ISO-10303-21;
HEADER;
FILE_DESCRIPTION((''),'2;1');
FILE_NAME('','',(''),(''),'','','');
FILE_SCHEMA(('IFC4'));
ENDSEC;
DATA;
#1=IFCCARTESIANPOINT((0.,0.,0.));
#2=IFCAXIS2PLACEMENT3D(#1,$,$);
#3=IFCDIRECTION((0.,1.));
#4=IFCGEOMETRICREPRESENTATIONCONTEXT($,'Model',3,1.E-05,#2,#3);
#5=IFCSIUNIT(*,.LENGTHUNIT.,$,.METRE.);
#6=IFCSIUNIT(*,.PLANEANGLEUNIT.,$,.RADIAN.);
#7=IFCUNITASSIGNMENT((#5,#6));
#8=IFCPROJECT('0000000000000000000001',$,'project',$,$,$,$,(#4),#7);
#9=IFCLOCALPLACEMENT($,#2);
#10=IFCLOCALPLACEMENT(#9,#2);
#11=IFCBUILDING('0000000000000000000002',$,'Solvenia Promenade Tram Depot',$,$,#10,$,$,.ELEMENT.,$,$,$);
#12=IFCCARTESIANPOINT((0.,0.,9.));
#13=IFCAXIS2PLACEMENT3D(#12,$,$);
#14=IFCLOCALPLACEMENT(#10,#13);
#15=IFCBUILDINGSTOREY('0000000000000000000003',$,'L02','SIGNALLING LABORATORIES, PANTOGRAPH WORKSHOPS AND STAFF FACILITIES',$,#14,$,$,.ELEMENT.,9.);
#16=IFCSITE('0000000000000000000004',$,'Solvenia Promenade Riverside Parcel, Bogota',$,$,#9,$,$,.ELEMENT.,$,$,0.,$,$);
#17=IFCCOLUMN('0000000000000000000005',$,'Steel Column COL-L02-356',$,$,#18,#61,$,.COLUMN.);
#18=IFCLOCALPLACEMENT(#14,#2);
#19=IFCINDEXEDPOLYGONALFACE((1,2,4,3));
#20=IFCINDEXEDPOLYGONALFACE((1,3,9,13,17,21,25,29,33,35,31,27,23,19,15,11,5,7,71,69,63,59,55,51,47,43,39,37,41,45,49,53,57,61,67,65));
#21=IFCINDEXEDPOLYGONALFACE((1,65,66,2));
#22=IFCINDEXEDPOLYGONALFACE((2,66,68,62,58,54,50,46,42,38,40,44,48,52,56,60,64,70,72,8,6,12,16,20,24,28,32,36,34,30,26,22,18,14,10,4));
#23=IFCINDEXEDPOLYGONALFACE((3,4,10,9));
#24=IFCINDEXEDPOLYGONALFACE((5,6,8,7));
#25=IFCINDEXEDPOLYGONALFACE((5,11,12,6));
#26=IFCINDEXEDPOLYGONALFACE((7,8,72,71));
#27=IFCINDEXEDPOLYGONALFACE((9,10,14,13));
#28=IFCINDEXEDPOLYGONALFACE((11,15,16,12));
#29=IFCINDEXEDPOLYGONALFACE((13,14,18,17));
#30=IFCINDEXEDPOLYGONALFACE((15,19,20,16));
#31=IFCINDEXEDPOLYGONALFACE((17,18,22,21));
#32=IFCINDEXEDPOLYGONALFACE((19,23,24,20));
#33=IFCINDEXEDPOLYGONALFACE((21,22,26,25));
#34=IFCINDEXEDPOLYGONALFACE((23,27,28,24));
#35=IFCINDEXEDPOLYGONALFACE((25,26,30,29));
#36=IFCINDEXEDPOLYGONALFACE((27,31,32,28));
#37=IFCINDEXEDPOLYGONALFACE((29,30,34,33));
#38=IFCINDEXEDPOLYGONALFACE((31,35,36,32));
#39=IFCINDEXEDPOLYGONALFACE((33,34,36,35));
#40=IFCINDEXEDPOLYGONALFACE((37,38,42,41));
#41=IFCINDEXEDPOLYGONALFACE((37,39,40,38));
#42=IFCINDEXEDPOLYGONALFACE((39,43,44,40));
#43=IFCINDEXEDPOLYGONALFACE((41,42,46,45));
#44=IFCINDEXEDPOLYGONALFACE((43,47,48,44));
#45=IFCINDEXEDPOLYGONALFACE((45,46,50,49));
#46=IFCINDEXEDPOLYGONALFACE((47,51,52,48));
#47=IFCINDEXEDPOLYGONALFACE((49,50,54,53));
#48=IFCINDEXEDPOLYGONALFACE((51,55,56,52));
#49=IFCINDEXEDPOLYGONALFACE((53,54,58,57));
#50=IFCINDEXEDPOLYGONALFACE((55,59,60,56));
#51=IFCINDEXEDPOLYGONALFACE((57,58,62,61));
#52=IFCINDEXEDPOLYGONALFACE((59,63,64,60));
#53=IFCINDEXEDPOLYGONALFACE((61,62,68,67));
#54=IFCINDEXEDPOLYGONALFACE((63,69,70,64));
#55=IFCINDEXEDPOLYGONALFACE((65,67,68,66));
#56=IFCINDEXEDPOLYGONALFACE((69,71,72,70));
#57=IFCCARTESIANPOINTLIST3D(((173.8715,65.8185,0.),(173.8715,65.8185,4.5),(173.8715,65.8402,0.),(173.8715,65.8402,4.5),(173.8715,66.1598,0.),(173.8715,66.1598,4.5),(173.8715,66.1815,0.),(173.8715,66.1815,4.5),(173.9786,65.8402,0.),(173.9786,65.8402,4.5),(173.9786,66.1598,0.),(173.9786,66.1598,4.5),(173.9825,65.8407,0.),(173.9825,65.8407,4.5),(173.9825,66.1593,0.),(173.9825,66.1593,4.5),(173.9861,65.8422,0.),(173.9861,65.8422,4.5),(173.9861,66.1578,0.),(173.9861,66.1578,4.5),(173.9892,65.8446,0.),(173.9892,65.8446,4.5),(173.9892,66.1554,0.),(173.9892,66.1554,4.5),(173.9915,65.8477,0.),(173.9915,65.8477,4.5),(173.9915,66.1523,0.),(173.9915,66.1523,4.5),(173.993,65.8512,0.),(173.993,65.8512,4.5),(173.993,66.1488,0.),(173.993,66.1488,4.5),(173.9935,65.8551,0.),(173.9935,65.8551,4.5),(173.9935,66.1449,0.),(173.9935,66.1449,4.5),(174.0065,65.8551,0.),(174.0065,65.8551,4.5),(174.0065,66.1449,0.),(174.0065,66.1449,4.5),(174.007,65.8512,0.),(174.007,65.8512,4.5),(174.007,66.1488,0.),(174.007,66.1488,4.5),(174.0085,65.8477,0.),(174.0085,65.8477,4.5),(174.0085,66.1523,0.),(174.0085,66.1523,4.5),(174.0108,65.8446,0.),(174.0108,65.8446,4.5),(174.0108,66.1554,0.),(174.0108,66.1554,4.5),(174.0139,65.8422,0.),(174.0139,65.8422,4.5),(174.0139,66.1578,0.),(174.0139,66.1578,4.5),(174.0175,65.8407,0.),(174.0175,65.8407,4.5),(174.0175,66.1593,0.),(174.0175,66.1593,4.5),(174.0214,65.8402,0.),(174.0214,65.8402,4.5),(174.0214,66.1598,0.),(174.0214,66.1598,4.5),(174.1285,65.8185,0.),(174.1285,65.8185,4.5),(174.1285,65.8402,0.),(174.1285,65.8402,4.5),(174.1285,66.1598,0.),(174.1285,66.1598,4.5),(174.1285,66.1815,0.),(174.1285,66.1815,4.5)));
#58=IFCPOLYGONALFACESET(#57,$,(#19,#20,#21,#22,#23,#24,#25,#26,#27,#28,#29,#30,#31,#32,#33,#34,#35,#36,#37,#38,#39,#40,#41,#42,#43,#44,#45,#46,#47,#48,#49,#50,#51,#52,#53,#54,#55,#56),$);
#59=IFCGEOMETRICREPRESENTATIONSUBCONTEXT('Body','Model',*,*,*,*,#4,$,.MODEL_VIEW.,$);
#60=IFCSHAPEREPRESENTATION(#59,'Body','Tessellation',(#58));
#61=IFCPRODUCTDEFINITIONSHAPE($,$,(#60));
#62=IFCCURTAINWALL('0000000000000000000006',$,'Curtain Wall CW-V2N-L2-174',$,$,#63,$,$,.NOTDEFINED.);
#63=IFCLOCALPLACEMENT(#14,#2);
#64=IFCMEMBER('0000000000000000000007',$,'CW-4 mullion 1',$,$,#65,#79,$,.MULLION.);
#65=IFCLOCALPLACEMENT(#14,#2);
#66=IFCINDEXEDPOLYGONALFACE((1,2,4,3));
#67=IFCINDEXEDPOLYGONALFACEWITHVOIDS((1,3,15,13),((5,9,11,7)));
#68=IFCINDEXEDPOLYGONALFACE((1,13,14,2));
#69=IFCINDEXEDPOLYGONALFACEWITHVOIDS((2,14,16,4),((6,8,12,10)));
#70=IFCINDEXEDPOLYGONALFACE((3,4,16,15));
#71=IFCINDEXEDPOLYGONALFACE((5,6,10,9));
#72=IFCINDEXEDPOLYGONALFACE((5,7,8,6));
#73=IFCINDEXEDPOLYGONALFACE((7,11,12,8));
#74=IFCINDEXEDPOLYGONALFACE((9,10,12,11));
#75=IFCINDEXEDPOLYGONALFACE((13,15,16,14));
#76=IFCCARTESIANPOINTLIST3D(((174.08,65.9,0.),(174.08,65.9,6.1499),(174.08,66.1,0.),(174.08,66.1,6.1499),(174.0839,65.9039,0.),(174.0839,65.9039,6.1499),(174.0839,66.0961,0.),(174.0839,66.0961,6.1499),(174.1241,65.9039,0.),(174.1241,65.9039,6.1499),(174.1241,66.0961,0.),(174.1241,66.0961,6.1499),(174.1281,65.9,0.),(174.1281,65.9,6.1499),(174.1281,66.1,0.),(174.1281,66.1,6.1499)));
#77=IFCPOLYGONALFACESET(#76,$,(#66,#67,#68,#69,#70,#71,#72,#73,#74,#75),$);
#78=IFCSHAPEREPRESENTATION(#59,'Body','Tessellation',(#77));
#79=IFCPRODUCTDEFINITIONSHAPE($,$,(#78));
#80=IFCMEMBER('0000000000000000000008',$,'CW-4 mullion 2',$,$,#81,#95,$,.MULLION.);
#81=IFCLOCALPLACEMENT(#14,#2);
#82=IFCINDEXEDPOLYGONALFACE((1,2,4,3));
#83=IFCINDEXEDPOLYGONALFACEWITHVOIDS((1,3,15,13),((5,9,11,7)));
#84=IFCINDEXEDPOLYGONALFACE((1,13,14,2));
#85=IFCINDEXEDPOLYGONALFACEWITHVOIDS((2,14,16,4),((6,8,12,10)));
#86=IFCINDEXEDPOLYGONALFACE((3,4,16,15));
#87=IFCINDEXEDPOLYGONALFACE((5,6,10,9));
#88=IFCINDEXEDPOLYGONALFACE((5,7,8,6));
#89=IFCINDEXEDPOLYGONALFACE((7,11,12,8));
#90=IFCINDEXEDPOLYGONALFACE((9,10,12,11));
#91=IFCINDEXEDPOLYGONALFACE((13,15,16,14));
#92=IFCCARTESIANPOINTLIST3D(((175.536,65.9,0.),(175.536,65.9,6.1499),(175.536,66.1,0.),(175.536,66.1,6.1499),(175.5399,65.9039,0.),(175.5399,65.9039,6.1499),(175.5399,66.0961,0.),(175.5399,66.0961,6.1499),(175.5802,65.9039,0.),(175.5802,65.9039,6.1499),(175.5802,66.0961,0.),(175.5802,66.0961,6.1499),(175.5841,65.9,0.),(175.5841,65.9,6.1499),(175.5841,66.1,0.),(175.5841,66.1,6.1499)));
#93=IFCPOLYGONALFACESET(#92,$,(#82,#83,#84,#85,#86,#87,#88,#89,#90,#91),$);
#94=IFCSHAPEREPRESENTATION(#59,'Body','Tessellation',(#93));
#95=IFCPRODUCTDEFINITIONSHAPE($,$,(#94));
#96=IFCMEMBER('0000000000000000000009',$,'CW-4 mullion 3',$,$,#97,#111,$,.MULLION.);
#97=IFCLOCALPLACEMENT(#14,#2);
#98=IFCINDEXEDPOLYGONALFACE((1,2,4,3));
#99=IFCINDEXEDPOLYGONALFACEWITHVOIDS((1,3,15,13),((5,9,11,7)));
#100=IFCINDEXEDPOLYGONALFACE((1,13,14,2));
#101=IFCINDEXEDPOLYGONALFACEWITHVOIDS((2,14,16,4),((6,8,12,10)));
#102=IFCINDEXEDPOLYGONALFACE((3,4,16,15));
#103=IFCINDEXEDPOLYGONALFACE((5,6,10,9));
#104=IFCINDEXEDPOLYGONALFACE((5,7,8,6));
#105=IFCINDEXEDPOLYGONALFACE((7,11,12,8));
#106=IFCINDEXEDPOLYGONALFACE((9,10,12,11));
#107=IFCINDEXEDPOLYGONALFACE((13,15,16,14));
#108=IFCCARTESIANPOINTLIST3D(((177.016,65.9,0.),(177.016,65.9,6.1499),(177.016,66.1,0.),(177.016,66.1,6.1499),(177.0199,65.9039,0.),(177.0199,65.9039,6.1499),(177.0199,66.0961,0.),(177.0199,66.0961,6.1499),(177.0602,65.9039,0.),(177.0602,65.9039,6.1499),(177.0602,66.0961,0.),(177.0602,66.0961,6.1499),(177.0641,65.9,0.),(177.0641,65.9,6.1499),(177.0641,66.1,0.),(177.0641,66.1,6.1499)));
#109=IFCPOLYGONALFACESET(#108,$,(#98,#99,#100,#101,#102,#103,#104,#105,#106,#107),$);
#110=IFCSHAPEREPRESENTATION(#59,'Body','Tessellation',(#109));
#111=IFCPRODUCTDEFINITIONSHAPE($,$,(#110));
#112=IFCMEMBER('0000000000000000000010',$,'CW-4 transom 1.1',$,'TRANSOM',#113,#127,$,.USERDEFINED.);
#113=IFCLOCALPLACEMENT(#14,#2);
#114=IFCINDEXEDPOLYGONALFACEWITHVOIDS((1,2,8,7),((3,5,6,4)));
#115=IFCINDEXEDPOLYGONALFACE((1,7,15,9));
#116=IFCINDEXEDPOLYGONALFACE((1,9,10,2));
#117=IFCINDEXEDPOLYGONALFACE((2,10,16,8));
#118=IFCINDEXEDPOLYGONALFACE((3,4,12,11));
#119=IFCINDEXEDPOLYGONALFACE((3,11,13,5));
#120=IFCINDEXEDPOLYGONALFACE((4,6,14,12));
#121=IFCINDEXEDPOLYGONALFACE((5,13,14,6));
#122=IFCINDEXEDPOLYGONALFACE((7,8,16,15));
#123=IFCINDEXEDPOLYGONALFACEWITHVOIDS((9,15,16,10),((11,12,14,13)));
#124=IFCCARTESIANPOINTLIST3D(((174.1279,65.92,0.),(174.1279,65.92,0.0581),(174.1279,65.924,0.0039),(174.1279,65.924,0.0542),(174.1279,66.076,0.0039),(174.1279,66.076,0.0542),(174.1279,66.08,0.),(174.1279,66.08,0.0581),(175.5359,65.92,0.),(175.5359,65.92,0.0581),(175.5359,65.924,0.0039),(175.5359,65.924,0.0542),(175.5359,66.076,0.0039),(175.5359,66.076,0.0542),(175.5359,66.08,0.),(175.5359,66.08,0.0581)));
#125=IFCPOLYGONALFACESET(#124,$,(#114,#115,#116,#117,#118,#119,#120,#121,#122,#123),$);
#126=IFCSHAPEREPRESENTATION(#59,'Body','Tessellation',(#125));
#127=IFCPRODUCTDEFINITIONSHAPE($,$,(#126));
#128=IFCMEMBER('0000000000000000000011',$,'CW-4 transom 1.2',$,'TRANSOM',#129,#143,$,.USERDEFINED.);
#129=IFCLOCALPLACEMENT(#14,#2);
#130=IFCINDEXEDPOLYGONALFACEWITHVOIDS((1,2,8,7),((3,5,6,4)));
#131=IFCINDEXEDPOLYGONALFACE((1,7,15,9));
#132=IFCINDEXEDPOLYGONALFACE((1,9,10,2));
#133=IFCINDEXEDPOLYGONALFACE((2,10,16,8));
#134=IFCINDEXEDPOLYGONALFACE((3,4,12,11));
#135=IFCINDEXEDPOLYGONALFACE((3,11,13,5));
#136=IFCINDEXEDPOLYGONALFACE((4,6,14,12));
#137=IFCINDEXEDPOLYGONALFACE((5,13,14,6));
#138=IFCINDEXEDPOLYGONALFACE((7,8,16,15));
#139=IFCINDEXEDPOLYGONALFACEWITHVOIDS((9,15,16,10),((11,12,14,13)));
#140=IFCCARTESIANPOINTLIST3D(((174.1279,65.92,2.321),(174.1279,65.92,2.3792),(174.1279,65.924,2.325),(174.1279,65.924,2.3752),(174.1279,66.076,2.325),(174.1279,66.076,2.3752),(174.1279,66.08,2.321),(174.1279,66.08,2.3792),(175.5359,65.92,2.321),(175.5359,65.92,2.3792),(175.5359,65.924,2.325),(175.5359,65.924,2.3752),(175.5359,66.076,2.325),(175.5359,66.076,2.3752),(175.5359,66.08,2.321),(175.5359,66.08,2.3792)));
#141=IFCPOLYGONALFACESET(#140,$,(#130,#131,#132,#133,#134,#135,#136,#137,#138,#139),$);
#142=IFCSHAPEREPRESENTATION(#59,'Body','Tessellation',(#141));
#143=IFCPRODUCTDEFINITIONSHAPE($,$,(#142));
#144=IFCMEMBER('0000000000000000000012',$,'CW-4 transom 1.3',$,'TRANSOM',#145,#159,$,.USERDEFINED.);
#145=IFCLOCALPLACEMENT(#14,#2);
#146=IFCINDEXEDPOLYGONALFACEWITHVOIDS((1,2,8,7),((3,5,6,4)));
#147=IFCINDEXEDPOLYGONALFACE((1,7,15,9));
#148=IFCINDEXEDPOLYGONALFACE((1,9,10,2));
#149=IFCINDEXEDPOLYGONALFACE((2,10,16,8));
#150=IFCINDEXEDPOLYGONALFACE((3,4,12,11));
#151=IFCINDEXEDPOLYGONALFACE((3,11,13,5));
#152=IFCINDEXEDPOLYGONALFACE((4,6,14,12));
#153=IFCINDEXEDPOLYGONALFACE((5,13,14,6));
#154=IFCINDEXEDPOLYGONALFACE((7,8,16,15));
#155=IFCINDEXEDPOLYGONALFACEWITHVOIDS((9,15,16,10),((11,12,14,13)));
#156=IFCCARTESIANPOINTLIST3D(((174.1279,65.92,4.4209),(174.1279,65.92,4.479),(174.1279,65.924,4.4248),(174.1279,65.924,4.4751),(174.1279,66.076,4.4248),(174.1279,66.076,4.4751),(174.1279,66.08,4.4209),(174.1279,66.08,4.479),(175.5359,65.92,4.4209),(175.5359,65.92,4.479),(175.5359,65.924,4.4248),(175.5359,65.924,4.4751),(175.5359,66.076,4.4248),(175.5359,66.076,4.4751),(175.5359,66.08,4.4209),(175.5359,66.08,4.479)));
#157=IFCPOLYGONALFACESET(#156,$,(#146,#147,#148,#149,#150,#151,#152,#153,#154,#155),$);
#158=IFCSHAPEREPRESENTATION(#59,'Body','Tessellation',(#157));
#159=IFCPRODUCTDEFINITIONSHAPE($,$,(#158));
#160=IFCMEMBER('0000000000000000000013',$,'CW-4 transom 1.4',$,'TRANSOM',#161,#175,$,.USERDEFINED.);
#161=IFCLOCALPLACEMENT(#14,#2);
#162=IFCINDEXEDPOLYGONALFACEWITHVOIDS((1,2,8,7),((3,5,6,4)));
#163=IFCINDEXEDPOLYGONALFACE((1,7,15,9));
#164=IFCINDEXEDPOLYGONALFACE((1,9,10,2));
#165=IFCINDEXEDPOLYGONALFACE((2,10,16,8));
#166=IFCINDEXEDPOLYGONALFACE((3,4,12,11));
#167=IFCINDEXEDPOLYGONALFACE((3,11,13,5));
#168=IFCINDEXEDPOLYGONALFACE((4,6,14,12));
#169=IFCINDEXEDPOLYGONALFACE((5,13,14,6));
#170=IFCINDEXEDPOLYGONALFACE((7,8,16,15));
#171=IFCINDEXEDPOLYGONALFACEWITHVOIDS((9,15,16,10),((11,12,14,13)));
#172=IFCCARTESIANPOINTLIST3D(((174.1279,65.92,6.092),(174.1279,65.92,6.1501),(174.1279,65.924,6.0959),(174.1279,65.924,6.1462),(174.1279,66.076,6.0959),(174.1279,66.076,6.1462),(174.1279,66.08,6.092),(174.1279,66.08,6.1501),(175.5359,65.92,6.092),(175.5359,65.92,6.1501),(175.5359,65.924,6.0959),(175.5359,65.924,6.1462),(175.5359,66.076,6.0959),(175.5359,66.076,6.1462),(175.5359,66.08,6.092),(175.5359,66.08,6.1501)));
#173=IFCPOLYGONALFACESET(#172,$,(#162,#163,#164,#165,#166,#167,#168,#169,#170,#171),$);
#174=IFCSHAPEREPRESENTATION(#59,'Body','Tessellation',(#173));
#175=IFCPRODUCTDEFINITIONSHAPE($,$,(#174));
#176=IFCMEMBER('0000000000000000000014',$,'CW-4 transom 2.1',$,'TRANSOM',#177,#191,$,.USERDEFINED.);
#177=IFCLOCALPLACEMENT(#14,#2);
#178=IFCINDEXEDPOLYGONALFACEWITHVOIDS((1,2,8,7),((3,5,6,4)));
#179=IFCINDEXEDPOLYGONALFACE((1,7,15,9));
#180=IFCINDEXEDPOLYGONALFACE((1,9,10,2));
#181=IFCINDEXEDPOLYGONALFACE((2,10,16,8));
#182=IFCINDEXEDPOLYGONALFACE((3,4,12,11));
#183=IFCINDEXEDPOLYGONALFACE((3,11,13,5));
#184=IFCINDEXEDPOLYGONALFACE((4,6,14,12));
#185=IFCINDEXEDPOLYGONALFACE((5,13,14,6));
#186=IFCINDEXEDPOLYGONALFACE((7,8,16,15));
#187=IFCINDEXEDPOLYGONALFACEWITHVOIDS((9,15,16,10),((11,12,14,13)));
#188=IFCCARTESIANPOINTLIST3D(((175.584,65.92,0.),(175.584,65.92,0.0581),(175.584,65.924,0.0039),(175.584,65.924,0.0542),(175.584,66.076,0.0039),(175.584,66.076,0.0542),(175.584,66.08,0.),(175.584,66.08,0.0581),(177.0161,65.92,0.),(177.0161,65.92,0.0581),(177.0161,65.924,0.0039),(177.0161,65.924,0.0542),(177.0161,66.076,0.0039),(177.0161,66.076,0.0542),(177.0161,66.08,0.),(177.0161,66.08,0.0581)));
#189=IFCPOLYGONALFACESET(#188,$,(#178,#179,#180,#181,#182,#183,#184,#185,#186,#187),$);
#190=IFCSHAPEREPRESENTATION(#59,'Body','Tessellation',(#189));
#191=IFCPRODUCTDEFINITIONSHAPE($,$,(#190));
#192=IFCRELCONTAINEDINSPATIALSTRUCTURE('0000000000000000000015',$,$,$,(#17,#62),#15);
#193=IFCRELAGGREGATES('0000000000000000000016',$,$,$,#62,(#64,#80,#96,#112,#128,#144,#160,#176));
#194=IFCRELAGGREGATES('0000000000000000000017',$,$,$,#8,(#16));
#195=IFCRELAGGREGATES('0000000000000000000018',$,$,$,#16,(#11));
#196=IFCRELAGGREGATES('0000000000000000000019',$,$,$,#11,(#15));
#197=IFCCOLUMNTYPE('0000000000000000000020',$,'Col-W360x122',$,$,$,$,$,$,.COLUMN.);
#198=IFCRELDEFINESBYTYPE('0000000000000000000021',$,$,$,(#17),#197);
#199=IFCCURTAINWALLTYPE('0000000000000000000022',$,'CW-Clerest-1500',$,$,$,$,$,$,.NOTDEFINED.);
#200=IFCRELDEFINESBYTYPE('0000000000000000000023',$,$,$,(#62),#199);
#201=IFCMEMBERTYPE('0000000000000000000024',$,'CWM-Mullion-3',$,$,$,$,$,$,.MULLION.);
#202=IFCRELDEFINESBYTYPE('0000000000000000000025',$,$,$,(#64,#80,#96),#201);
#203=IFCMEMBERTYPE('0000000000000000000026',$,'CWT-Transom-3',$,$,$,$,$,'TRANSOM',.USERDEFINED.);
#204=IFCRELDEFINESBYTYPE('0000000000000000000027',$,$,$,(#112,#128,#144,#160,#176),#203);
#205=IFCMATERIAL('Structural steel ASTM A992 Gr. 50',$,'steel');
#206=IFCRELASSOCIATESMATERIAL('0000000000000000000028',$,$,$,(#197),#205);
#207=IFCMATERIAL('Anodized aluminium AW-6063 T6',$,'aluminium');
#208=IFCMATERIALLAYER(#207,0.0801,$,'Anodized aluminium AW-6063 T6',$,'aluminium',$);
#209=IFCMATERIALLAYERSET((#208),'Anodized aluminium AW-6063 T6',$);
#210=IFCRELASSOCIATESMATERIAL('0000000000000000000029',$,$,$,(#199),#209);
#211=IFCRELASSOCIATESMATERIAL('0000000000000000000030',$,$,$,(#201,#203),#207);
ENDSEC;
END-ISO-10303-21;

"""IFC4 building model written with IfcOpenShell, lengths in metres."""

from ifc_helpers import new_model, si_unit, direction, frame, origin, origin_2d, place, context, subcontext, project, spatial, hollow_rectangle, i_section, extrude, material, layer, layer_set, material_profile, profile_set, type_object, element, aggregate, save


model = new_model("IFC4")

# Units and contexts
model_context = context("Model", 3, precision=1e-05, world=origin(), true_north=direction((0.0, 1.0)))
body_context = subcontext(model_context, "Body", "Model", "MODEL_VIEW")
ifc_project = project(units=[si_unit("LENGTHUNIT", "METRE"), si_unit("PLANEANGLEUNIT", "RADIAN")], contexts=[model_context])

# Site, building, storey
site_placement = place(None, origin())
site = spatial("IfcSite", under=ifc_project, at=site_placement, Name="Solvenia Promenade Riverside Parcel, Bogota", CompositionType="ELEMENT", RefElevation=0.0)
building_placement = place(site_placement, origin())
building = spatial("IfcBuilding", under=site, at=building_placement, Name="Solvenia Promenade Tram Depot", CompositionType="ELEMENT")
storey_placement = place(building_placement, frame((0.0, 0.0, 9.0)))
storey = spatial("IfcBuildingStorey", under=building, at=storey_placement, Name="L02", Description="SIGNALLING LABORATORIES, PANTOGRAPH WORKSHOPS AND STAFF FACILITIES", CompositionType="ELEMENT", Elevation=9.0)

# Column
ifc_material_1 = material(Name="Structural steel ASTM A992 Gr. 50", Category="steel")
ifc_material_profile_1 = material_profile(ifc_material_1, i_section(OverallWidth=0.2571, OverallDepth=0.363, WebThickness=0.0129, FlangeThickness=0.0217, FilletRadius=0.0149, at=origin_2d()), Name="W360x122", Category="steel")
ifc_profile_set_1 = profile_set([ifc_material_profile_1], Name="Structural steel ASTM A992 Gr. 50")
column_type = type_object("IfcColumnType", Name="Col-W360x122", PredefinedType="COLUMN", material=ifc_profile_set_1)
column_placement = place(storey_placement, frame((174.0, 66.0, 0.0), z_axis=(0.0, 0.0, 1.0), x_axis=(1.0, 0.0, 0.0)))
element("IfcColumn", 1, at=column_placement, inside=storey, type_object=column_type, Name="Steel Column COL-L02-356", PredefinedType="COLUMN", context=body_context, shape_type="SweptSolid", body=[
    extrude(i_section(OverallWidth=0.2571, OverallDepth=0.363, WebThickness=0.0129, FlangeThickness=0.0217, FilletRadius=0.0149, at=origin_2d()), origin(), (0.0, 0.0, 1.0), 4.5),
])

# Curtain wall, members
ifc_material_2 = material(Name="Anodized aluminium AW-6063 T6", Category="aluminium")
ifc_layer_1 = layer(ifc_material_2, 0.0801, Name="Anodized aluminium AW-6063 T6", Category="aluminium")
ifc_layer_set_1 = layer_set([ifc_layer_1], Name="Anodized aluminium AW-6063 T6")
curtain_wall_type = type_object("IfcCurtainWallType", Name="CW-Clerest-1500", PredefinedType="NOTDEFINED", material=ifc_layer_set_1)
curtain_wall_placement = place(storey_placement, origin())
curtain_wall = element("IfcCurtainWall", 2, at=curtain_wall_placement, inside=storey, type_object=curtain_wall_type, Name="Curtain Wall CW-V2N-L2-174", PredefinedType="NOTDEFINED")
ifc_material_profile_2 = material_profile(ifc_material_2, hollow_rectangle(XDim=0.2, YDim=0.0481, WallThickness=0.0039, at=origin_2d()), Name="ALU-M3", Category="aluminium")
ifc_profile_set_2 = profile_set([ifc_material_profile_2], Name="Anodized aluminium AW-6063 T6")
member_type_1 = type_object("IfcMemberType", Name="CWM-Mullion-3", PredefinedType="MULLION", material=ifc_profile_set_2)
member_1_placement = place(storey_placement, frame((174.104, 66.0, 0.0), z_axis=(0.0, 0.0, 1.0), x_axis=(0.0, 1.0, 0.0)))
member_1 = element("IfcMember", 3, at=member_1_placement, type_object=member_type_1, Name="CW-4 mullion 1", PredefinedType="MULLION", context=body_context, shape_type="SweptSolid", body=[
    extrude(hollow_rectangle(XDim=0.2, YDim=0.0481, WallThickness=0.0039, at=origin_2d()), origin(), (0.0, 0.0, 1.0), 6.1499),
])
member_2_placement = place(storey_placement, frame((175.5601, 66.0, 0.0), z_axis=(0.0, 0.0, 1.0), x_axis=(0.0, 1.0, 0.0)))
member_2 = element("IfcMember", 4, at=member_2_placement, type_object=member_type_1, Name="CW-4 mullion 2", PredefinedType="MULLION", context=body_context, shape_type="SweptSolid", body=[
    extrude(hollow_rectangle(XDim=0.2, YDim=0.0481, WallThickness=0.0039, at=origin_2d()), origin(), (0.0, 0.0, 1.0), 6.1499),
])
member_3_placement = place(storey_placement, frame((177.04, 66.0, 0.0), z_axis=(0.0, 0.0, 1.0), x_axis=(0.0, 1.0, 0.0)))
member_3 = element("IfcMember", 5, at=member_3_placement, type_object=member_type_1, Name="CW-4 mullion 3", PredefinedType="MULLION", context=body_context, shape_type="SweptSolid", body=[
    extrude(hollow_rectangle(XDim=0.2, YDim=0.0481, WallThickness=0.0039, at=origin_2d()), origin(), (0.0, 0.0, 1.0), 6.1499),
])
ifc_material_profile_3 = material_profile(ifc_material_2, hollow_rectangle(XDim=0.1599, YDim=0.0581, WallThickness=0.0039, at=origin_2d()), Name="ALU-T3", Category="aluminium")
ifc_profile_set_3 = profile_set([ifc_material_profile_3], Name="Anodized aluminium AW-6063 T6")
member_type_2 = type_object("IfcMemberType", Name="CWT-Transom-3", ElementType="TRANSOM", PredefinedType="USERDEFINED", material=ifc_profile_set_3)
member_4_placement = place(storey_placement, frame((174.1279, 66.0, 0.0291), z_axis=(1.0, 0.0, 0.0), x_axis=(0.0, 1.0, 0.0)))
member_4 = element("IfcMember", 6, at=member_4_placement, type_object=member_type_2, Name="CW-4 transom 1.1", ObjectType="TRANSOM", PredefinedType="USERDEFINED", context=body_context, shape_type="SweptSolid", body=[
    extrude(hollow_rectangle(XDim=0.1599, YDim=0.0581, WallThickness=0.0039, at=origin_2d()), origin(), (0.0, 0.0, 1.0), 1.408),
])
member_5_placement = place(storey_placement, frame((174.1279, 66.0, 2.3501), z_axis=(1.0, 0.0, 0.0), x_axis=(0.0, 1.0, 0.0)))
member_5 = element("IfcMember", 7, at=member_5_placement, type_object=member_type_2, Name="CW-4 transom 1.2", ObjectType="TRANSOM", PredefinedType="USERDEFINED", context=body_context, shape_type="SweptSolid", body=[
    extrude(hollow_rectangle(XDim=0.1599, YDim=0.0581, WallThickness=0.0039, at=origin_2d()), origin(), (0.0, 0.0, 1.0), 1.408),
])
member_6_placement = place(storey_placement, frame((174.1279, 66.0, 4.45), z_axis=(1.0, 0.0, 0.0), x_axis=(0.0, 1.0, 0.0)))
member_6 = element("IfcMember", 8, at=member_6_placement, type_object=member_type_2, Name="CW-4 transom 1.3", ObjectType="TRANSOM", PredefinedType="USERDEFINED", context=body_context, shape_type="SweptSolid", body=[
    extrude(hollow_rectangle(XDim=0.1599, YDim=0.0581, WallThickness=0.0039, at=origin_2d()), origin(), (0.0, 0.0, 1.0), 1.408),
])
member_7_placement = place(storey_placement, frame((174.1279, 66.0, 6.1211), z_axis=(1.0, 0.0, 0.0), x_axis=(0.0, 1.0, 0.0)))
member_7 = element("IfcMember", 9, at=member_7_placement, type_object=member_type_2, Name="CW-4 transom 1.4", ObjectType="TRANSOM", PredefinedType="USERDEFINED", context=body_context, shape_type="SweptSolid", body=[
    extrude(hollow_rectangle(XDim=0.1599, YDim=0.0581, WallThickness=0.0039, at=origin_2d()), origin(), (0.0, 0.0, 1.0), 1.408),
])
member_8_placement = place(storey_placement, frame((175.584, 66.0, 0.0291), z_axis=(1.0, 0.0, 0.0), x_axis=(0.0, 1.0, 0.0)))
member_8 = element("IfcMember", 10, at=member_8_placement, type_object=member_type_2, Name="CW-4 transom 2.1", ObjectType="TRANSOM", PredefinedType="USERDEFINED", context=body_context, shape_type="SweptSolid", body=[
    extrude(hollow_rectangle(XDim=0.1599, YDim=0.0581, WallThickness=0.0039, at=origin_2d()), origin(), (0.0, 0.0, 1.0), 1.4321),
])

aggregate(curtain_wall, [member_1, member_2, member_3, member_4, member_5, member_6, member_7, member_8])

save(model, "model.ifc")
